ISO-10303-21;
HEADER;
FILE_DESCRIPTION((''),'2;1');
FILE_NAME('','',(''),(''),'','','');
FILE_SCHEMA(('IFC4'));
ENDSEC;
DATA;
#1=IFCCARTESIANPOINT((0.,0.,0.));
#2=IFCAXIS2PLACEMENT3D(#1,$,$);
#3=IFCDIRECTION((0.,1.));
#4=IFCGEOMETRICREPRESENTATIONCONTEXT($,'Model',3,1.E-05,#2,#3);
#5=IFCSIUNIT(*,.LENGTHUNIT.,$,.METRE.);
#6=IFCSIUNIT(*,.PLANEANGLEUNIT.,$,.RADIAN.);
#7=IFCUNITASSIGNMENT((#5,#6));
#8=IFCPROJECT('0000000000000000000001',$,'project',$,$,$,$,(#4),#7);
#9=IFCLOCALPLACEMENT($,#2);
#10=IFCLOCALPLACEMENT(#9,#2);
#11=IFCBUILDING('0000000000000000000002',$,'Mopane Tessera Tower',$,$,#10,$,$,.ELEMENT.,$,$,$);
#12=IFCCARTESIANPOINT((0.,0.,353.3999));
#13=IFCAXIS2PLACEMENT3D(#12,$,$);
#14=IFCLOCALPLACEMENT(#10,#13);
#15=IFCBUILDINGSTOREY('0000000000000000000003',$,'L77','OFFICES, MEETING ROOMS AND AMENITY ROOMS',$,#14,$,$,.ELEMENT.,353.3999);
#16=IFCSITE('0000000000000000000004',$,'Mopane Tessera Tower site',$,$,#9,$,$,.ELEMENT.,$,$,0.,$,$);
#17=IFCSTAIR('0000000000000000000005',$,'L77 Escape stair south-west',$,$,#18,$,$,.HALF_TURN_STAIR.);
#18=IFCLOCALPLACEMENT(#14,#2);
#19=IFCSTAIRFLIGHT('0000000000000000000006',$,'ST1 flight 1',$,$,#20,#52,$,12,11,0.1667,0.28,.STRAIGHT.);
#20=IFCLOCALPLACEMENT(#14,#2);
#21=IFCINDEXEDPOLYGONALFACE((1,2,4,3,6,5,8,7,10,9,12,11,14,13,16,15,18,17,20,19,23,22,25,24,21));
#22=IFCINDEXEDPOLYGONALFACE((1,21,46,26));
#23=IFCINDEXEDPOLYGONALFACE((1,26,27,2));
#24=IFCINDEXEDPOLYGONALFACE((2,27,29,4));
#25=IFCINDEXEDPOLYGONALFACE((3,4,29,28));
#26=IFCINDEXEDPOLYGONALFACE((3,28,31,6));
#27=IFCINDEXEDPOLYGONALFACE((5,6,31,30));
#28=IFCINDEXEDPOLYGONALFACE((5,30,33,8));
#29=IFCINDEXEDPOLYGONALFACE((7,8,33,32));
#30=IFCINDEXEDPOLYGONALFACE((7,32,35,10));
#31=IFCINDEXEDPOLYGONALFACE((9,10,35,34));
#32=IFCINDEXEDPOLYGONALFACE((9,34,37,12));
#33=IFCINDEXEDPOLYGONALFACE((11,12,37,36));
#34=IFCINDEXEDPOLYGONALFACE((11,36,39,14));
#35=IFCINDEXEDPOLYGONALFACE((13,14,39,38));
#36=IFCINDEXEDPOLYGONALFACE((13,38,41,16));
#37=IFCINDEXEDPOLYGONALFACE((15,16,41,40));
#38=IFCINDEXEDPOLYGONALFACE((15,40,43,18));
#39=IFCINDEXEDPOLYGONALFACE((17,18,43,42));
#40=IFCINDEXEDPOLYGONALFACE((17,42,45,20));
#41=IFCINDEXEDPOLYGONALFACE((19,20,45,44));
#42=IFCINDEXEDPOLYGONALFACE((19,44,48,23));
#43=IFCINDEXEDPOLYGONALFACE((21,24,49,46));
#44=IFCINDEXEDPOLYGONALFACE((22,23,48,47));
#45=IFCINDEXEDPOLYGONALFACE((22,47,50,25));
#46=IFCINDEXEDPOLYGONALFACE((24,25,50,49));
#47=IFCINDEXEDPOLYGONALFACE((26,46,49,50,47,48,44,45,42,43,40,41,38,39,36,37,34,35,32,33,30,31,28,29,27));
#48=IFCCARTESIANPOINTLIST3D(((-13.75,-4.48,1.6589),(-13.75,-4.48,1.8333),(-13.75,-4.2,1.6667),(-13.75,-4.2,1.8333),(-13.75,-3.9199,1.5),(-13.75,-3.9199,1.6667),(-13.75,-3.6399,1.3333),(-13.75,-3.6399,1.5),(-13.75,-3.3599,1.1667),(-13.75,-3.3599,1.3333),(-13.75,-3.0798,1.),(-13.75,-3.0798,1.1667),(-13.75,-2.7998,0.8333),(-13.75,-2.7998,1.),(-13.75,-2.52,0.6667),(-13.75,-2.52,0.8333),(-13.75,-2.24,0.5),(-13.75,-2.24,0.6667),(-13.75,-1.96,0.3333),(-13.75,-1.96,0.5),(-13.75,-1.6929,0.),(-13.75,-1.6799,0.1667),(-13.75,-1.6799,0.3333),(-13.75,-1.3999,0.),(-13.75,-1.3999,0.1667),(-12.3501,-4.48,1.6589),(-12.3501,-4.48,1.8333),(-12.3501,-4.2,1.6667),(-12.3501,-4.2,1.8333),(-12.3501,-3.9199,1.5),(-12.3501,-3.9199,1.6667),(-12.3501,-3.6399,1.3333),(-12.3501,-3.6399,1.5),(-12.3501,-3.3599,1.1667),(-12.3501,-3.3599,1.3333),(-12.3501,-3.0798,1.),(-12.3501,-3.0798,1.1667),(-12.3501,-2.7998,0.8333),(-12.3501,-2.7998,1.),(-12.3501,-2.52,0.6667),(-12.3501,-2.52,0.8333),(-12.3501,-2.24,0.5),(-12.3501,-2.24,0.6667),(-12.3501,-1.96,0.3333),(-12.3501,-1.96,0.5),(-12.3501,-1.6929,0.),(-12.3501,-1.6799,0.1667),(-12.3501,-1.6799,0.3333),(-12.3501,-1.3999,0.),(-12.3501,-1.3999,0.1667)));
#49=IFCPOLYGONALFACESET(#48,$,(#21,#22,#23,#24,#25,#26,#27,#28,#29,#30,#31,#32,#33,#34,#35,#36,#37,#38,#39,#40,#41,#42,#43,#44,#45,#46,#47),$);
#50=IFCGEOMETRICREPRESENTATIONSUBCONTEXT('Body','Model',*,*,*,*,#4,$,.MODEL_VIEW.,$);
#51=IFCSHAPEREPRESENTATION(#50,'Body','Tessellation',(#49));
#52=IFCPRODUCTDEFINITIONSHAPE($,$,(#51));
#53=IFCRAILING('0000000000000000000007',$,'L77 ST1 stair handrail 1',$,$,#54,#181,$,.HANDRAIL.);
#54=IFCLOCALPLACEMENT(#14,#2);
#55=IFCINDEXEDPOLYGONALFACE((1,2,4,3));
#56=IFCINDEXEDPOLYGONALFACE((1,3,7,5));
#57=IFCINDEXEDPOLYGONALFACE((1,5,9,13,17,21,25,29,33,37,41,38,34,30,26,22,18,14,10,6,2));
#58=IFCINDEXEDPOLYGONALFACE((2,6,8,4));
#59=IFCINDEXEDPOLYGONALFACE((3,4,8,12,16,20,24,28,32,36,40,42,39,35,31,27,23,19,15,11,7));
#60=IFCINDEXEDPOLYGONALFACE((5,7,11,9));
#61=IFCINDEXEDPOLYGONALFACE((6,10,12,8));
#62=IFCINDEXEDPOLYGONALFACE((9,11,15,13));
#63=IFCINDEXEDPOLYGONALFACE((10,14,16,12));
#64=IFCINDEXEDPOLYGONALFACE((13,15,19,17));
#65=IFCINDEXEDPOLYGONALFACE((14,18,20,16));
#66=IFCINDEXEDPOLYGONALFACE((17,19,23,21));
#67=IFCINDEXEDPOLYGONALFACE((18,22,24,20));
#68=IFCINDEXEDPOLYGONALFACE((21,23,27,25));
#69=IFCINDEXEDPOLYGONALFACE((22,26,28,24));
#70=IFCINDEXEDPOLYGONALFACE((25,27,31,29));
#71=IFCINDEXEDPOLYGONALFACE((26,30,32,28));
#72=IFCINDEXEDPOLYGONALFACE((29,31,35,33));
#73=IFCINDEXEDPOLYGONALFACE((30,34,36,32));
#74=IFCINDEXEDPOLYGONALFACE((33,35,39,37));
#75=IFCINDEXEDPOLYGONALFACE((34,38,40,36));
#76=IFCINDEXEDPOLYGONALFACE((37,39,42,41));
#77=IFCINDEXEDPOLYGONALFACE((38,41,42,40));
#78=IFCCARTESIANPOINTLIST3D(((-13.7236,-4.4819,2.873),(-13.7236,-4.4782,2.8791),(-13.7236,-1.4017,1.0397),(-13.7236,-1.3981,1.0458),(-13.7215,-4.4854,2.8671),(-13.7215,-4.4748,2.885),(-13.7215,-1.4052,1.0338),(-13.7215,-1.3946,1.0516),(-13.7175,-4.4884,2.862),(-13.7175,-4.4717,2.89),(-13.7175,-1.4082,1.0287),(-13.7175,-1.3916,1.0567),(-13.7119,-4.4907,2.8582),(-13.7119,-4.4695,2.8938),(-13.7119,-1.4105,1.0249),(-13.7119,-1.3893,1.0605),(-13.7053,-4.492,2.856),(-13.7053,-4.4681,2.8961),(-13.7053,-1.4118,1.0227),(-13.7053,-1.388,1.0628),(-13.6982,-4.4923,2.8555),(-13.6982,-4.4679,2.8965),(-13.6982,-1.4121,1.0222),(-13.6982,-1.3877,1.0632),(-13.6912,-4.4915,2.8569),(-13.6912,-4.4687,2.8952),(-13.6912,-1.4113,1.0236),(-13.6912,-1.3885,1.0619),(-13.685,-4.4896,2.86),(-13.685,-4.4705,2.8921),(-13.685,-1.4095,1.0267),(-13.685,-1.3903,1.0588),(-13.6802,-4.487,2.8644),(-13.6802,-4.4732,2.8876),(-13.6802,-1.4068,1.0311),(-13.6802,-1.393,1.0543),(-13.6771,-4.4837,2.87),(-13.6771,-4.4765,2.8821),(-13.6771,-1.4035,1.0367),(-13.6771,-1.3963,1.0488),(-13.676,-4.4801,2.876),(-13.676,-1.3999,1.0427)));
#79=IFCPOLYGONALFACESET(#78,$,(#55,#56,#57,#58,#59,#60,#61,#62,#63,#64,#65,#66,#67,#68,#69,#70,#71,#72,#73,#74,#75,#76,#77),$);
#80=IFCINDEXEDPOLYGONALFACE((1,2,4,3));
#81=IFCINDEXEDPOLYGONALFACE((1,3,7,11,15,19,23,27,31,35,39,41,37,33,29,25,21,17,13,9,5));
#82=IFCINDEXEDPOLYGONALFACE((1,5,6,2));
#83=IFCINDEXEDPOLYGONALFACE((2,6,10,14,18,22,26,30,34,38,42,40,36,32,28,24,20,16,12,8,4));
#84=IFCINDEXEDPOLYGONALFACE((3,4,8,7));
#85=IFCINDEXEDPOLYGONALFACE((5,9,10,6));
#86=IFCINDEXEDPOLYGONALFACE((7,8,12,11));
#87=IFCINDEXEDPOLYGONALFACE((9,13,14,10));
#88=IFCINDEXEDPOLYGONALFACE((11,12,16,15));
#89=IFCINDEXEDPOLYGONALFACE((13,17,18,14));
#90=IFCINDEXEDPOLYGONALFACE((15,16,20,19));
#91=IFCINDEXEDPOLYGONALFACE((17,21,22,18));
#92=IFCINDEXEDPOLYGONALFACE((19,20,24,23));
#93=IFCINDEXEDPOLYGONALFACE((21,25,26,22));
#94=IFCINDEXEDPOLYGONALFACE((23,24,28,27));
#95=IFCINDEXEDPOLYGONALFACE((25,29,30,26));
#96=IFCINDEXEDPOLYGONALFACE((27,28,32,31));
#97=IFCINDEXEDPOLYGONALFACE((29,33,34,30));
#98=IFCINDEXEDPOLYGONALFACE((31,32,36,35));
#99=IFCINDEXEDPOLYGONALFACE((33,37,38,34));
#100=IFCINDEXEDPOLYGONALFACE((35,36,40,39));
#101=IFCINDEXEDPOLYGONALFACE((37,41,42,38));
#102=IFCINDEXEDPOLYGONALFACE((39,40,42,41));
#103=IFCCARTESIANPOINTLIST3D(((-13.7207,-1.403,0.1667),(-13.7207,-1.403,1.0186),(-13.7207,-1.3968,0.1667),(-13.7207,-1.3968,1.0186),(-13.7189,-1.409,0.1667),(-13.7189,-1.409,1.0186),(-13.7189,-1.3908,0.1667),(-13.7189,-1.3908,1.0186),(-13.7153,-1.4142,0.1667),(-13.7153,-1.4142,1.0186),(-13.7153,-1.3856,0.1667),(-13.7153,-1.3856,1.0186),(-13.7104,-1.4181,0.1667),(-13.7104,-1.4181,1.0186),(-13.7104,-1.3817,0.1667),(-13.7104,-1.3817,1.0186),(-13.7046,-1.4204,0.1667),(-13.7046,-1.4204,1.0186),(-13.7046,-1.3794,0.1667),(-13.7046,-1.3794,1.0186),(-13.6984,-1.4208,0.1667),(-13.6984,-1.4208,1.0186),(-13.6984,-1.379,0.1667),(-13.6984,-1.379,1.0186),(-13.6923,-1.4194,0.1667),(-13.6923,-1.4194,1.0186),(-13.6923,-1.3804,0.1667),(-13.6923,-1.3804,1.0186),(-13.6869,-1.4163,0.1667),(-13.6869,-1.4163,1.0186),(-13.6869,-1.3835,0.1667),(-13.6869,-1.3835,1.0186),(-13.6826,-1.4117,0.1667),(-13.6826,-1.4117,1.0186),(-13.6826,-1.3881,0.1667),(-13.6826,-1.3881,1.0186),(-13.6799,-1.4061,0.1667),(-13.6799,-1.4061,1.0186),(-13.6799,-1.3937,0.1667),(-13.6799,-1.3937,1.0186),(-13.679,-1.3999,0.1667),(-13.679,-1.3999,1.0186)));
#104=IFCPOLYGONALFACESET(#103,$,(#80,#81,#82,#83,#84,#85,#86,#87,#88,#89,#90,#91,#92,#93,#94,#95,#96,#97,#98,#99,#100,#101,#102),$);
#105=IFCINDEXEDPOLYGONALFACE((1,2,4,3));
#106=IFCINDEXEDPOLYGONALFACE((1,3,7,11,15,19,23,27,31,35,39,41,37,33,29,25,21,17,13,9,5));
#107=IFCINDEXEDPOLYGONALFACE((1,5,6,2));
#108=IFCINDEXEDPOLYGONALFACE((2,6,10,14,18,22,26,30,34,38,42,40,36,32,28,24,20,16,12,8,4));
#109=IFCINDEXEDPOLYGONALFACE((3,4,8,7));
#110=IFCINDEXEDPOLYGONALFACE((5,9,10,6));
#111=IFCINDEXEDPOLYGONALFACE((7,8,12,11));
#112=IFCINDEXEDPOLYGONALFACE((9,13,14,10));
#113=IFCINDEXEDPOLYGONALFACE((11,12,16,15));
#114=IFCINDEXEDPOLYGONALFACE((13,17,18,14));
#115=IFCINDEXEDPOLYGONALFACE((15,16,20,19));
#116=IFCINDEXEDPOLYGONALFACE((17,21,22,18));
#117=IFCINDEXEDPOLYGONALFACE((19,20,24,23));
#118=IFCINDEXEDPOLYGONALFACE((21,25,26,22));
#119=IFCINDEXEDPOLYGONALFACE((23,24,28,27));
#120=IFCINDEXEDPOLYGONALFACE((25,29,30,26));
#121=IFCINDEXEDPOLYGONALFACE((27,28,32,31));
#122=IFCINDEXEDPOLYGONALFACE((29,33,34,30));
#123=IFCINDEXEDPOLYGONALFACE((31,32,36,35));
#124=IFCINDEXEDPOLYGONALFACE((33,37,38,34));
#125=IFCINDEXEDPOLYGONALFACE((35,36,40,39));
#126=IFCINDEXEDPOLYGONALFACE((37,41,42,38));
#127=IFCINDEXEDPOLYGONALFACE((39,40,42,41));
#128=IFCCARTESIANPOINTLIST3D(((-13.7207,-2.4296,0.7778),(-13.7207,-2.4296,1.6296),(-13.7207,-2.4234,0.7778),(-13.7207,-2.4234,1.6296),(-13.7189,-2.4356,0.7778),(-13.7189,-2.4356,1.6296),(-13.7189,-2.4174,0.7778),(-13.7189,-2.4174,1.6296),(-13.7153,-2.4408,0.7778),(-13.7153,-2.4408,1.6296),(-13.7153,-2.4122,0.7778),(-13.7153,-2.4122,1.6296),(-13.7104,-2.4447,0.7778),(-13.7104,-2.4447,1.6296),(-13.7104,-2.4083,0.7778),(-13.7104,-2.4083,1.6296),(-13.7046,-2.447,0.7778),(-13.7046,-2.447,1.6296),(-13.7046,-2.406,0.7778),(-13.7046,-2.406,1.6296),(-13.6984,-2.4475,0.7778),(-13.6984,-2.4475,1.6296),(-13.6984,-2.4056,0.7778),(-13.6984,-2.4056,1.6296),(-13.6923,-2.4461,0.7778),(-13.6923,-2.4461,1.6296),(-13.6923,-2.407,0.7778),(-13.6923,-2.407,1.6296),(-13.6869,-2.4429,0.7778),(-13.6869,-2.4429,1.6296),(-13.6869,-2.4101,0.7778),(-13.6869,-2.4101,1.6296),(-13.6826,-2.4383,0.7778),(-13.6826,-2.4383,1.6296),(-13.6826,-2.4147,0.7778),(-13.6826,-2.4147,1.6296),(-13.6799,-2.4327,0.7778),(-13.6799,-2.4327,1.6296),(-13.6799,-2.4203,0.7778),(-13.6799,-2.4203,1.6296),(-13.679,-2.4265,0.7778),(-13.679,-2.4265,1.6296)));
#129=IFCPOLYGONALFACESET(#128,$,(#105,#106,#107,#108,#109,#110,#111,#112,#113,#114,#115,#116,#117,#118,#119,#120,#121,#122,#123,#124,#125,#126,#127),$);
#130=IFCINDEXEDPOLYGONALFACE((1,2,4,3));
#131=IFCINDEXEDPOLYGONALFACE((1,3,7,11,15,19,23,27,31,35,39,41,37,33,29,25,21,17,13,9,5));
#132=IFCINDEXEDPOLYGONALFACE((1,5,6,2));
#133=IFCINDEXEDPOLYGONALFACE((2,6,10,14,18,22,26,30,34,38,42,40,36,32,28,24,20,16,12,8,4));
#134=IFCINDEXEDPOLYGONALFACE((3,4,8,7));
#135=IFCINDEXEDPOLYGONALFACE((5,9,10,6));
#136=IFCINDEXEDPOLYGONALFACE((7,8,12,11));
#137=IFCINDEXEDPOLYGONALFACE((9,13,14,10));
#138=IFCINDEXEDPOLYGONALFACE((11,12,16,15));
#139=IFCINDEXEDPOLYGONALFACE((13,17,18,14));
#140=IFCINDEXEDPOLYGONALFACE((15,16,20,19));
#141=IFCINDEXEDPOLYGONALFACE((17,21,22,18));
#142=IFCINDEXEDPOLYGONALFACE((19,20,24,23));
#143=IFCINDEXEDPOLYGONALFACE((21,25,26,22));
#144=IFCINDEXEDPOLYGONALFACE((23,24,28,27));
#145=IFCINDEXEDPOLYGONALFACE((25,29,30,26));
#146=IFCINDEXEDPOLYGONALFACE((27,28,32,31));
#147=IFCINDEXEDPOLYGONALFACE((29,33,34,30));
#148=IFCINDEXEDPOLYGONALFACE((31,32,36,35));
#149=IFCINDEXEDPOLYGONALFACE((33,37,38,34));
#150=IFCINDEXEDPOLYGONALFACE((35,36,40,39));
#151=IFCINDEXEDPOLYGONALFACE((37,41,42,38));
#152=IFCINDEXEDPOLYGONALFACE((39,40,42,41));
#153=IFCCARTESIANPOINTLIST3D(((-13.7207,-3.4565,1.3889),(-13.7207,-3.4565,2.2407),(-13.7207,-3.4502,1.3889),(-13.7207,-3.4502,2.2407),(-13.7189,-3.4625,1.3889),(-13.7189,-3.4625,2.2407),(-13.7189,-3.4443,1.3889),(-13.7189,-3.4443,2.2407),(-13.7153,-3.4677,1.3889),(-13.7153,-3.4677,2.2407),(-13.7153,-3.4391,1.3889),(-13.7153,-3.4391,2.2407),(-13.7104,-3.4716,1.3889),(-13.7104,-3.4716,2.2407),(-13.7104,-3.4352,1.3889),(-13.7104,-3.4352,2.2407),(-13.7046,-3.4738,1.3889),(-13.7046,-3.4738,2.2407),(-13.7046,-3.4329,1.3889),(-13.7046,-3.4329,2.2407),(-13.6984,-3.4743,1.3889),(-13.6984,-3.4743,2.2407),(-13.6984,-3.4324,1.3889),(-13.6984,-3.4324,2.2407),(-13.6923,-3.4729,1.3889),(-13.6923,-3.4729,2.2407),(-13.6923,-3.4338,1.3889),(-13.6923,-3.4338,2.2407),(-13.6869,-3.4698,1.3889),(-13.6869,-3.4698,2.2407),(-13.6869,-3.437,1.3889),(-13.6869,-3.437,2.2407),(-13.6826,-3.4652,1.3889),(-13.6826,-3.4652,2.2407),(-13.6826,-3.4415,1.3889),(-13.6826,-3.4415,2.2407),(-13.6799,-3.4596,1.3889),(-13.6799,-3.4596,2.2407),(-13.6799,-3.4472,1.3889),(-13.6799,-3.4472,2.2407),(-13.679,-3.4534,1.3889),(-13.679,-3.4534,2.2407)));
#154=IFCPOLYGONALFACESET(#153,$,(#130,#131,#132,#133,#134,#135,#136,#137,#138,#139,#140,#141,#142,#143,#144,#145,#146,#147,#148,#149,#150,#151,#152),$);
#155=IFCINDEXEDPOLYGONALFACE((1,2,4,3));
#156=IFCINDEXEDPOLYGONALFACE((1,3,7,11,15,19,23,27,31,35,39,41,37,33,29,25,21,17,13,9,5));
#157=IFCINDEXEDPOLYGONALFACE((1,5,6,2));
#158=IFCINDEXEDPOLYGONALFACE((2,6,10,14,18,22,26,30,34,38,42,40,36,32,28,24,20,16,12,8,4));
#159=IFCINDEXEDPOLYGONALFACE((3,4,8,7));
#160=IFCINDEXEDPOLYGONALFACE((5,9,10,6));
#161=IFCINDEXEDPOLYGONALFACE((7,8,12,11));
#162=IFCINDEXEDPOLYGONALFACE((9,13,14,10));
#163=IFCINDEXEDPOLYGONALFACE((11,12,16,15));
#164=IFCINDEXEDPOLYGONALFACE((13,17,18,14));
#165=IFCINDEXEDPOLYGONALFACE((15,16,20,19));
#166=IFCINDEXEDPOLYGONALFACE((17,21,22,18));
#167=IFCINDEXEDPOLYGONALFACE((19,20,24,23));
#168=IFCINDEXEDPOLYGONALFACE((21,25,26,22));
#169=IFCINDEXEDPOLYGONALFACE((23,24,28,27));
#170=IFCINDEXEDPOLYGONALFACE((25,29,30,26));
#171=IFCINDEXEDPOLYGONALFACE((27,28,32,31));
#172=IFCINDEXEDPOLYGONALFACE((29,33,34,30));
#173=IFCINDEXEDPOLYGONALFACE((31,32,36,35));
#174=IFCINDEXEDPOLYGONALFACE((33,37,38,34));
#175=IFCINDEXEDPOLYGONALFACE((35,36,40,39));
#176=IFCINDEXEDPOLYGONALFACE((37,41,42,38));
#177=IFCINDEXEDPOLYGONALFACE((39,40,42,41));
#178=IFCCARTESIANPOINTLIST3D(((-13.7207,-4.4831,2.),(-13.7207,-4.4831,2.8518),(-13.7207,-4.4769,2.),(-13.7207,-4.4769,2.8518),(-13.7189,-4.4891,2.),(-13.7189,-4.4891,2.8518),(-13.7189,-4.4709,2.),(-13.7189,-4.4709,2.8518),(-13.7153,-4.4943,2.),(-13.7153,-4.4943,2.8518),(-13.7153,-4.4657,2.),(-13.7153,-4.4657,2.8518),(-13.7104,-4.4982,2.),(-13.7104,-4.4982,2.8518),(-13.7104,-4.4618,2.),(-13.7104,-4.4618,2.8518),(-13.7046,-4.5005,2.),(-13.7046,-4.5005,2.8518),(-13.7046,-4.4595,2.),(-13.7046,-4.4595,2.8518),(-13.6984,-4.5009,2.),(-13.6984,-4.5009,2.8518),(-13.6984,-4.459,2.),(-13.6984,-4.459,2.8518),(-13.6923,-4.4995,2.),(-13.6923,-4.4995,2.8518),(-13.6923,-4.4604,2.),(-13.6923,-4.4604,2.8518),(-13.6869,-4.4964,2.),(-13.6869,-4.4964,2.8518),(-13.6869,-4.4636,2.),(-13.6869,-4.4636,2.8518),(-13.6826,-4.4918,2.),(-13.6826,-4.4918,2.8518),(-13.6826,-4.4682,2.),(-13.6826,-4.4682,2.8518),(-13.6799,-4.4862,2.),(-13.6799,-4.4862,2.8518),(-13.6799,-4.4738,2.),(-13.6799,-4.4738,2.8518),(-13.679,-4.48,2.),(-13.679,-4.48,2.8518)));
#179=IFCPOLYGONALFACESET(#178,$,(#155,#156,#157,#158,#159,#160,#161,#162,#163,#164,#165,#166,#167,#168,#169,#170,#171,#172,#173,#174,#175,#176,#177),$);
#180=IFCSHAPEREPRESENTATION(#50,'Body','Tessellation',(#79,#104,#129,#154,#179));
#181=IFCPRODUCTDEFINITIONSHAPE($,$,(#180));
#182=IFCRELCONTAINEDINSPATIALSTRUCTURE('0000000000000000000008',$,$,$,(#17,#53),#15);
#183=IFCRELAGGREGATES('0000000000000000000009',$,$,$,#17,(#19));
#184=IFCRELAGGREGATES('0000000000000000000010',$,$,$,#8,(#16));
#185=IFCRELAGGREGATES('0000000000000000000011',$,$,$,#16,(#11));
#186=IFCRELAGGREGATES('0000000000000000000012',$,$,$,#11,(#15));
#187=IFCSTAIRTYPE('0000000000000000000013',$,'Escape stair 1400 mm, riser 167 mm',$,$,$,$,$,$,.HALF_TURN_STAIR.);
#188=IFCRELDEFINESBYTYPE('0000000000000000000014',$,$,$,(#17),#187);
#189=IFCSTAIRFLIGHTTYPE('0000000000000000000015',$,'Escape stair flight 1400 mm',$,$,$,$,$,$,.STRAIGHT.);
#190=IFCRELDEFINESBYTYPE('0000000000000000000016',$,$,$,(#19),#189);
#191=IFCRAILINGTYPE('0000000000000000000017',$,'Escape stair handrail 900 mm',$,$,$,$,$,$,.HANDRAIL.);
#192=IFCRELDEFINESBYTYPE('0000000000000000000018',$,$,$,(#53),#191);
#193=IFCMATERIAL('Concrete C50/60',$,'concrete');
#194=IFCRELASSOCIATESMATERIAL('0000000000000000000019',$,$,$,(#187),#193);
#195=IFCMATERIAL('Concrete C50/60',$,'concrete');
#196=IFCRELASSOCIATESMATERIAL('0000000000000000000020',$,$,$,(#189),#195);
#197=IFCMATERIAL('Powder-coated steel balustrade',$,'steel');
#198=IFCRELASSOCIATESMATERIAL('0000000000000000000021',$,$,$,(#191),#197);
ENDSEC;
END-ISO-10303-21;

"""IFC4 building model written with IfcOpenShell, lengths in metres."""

from ifc_helpers import new_model, si_unit, direction, frame, origin, origin_2d, place, context, subcontext, project, spatial, polyline, circle, outline, extrude, material, type_object, element, aggregate, save


model = new_model("IFC4")

# Units and contexts
model_context = context("Model", 3, precision=1e-05, world=origin(), true_north=direction((0.0, 1.0)))
body_context = subcontext(model_context, "Body", "Model", "MODEL_VIEW")
ifc_project = project(units=[si_unit("LENGTHUNIT", "METRE"), si_unit("PLANEANGLEUNIT", "RADIAN")], contexts=[model_context])

# Site, building, storey
site_placement = place(None, origin())
site = spatial("IfcSite", under=ifc_project, at=site_placement, Name="Mopane Tessera Tower site", CompositionType="ELEMENT", RefElevation=0.0)
building_placement = place(site_placement, origin())
building = spatial("IfcBuilding", under=site, at=building_placement, Name="Mopane Tessera Tower", CompositionType="ELEMENT")
storey_placement = place(building_placement, frame((0.0, 0.0, 353.3999)))
storey = spatial("IfcBuildingStorey", under=building, at=storey_placement, Name="L77", Description="OFFICES, MEETING ROOMS AND AMENITY ROOMS", CompositionType="ELEMENT", Elevation=353.3999)

# Stair, stair flight
ifc_material_1 = material(Name="Concrete C50/60", Category="concrete")
stair_type = type_object("IfcStairType", Name="Escape stair 1400 mm, riser 167 mm", PredefinedType="HALF_TURN_STAIR", material=ifc_material_1)
stair_placement = place(storey_placement, origin())
stair = element("IfcStair", 1, at=stair_placement, inside=storey, type_object=stair_type, Name="L77 Escape stair south-west", PredefinedType="HALF_TURN_STAIR")
ifc_material_2 = material(Name="Concrete C50/60", Category="concrete")
stair_flight_type = type_object("IfcStairFlightType", Name="Escape stair flight 1400 mm", PredefinedType="STRAIGHT", material=ifc_material_2)
stair_flight_placement = place(storey_placement, frame((-13.05, -1.3999, 0.0), z_axis=(0.0, 0.0, 1.0), x_axis=(0.0, -1.0, 0.0)))
stair_flight = element("IfcStairFlight", 2, at=stair_flight_placement, type_object=stair_flight_type, Name="ST1 flight 1", NumberOfRisers=12, NumberOfTreads=11, PredefinedType="STRAIGHT", RiserHeight=0.1667, TreadLength=0.28, context=body_context, shape_type="SweptSolid", body=[
    extrude(outline(polyline([(0.0, 0.0), (0.0, 0.1667), (0.28, 0.1667), (0.28, 0.3333), (0.5601, 0.3333), (0.5601, 0.5), (0.8401, 0.5), (0.8401, 0.6667), (1.1201, 0.6667), (1.1201, 0.8333), (1.3999, 0.8333), (1.3999, 1.0), (1.6799, 1.0), (1.6799, 1.1667), (1.96, 1.1667), (1.96, 1.3333), (2.24, 1.3333), (2.24, 1.5), (2.52, 1.5), (2.52, 1.6667), (2.8, 1.6667), (2.8, 1.8333), (3.0801, 1.8333), (3.0801, 2.0), (3.0801, 1.6589), (0.293, 0.0), (0.0, 0.0)])), frame((0.0, 0.7, 0.0), z_axis=(0.0, -1.0, 0.0), x_axis=(1.0, 0.0, 0.0)), (0.0, 0.0, 1.0), 1.3999),
])
aggregate(stair, [stair_flight])

# Railing
ifc_material_3 = material(Name="Powder-coated steel balustrade", Category="steel")
railing_type_1 = type_object("IfcRailingType", Name="Escape stair handrail 900 mm", PredefinedType="HANDRAIL", material=ifc_material_3)
railing_1_placement = place(storey_placement, frame((-13.7, -1.3999, 0.1667)))
element("IfcRailing", 3, at=railing_1_placement, inside=storey, type_object=railing_type_1, Name="L77 ST1 stair handrail 1", PredefinedType="HANDRAIL", context=body_context, shape_type="SweptSolid", body=[
    extrude(circle(Radius=0.0239, at=origin_2d()), frame((0.0, 0.0, 0.876), z_axis=(0.0, -0.859309, 0.511458), x_axis=(1.0, 0.0, 0.0)), (0.0, 0.0, 1.0), 3.5845),
    extrude(circle(Radius=0.021, at=origin_2d()), origin(), (0.0, 0.0, 1.0), 0.8518),
    extrude(circle(Radius=0.021, at=origin_2d()), frame((0.0, -1.0266, 0.6111)), (0.0, 0.0, 1.0), 0.8518),
    extrude(circle(Radius=0.021, at=origin_2d()), frame((0.0, -2.0535, 1.2222)), (0.0, 0.0, 1.0), 0.8518),
    extrude(circle(Radius=0.021, at=origin_2d()), frame((0.0, -3.0801, 1.8333)), (0.0, 0.0, 1.0), 0.8518),
])

save(model, "model.ifc")
